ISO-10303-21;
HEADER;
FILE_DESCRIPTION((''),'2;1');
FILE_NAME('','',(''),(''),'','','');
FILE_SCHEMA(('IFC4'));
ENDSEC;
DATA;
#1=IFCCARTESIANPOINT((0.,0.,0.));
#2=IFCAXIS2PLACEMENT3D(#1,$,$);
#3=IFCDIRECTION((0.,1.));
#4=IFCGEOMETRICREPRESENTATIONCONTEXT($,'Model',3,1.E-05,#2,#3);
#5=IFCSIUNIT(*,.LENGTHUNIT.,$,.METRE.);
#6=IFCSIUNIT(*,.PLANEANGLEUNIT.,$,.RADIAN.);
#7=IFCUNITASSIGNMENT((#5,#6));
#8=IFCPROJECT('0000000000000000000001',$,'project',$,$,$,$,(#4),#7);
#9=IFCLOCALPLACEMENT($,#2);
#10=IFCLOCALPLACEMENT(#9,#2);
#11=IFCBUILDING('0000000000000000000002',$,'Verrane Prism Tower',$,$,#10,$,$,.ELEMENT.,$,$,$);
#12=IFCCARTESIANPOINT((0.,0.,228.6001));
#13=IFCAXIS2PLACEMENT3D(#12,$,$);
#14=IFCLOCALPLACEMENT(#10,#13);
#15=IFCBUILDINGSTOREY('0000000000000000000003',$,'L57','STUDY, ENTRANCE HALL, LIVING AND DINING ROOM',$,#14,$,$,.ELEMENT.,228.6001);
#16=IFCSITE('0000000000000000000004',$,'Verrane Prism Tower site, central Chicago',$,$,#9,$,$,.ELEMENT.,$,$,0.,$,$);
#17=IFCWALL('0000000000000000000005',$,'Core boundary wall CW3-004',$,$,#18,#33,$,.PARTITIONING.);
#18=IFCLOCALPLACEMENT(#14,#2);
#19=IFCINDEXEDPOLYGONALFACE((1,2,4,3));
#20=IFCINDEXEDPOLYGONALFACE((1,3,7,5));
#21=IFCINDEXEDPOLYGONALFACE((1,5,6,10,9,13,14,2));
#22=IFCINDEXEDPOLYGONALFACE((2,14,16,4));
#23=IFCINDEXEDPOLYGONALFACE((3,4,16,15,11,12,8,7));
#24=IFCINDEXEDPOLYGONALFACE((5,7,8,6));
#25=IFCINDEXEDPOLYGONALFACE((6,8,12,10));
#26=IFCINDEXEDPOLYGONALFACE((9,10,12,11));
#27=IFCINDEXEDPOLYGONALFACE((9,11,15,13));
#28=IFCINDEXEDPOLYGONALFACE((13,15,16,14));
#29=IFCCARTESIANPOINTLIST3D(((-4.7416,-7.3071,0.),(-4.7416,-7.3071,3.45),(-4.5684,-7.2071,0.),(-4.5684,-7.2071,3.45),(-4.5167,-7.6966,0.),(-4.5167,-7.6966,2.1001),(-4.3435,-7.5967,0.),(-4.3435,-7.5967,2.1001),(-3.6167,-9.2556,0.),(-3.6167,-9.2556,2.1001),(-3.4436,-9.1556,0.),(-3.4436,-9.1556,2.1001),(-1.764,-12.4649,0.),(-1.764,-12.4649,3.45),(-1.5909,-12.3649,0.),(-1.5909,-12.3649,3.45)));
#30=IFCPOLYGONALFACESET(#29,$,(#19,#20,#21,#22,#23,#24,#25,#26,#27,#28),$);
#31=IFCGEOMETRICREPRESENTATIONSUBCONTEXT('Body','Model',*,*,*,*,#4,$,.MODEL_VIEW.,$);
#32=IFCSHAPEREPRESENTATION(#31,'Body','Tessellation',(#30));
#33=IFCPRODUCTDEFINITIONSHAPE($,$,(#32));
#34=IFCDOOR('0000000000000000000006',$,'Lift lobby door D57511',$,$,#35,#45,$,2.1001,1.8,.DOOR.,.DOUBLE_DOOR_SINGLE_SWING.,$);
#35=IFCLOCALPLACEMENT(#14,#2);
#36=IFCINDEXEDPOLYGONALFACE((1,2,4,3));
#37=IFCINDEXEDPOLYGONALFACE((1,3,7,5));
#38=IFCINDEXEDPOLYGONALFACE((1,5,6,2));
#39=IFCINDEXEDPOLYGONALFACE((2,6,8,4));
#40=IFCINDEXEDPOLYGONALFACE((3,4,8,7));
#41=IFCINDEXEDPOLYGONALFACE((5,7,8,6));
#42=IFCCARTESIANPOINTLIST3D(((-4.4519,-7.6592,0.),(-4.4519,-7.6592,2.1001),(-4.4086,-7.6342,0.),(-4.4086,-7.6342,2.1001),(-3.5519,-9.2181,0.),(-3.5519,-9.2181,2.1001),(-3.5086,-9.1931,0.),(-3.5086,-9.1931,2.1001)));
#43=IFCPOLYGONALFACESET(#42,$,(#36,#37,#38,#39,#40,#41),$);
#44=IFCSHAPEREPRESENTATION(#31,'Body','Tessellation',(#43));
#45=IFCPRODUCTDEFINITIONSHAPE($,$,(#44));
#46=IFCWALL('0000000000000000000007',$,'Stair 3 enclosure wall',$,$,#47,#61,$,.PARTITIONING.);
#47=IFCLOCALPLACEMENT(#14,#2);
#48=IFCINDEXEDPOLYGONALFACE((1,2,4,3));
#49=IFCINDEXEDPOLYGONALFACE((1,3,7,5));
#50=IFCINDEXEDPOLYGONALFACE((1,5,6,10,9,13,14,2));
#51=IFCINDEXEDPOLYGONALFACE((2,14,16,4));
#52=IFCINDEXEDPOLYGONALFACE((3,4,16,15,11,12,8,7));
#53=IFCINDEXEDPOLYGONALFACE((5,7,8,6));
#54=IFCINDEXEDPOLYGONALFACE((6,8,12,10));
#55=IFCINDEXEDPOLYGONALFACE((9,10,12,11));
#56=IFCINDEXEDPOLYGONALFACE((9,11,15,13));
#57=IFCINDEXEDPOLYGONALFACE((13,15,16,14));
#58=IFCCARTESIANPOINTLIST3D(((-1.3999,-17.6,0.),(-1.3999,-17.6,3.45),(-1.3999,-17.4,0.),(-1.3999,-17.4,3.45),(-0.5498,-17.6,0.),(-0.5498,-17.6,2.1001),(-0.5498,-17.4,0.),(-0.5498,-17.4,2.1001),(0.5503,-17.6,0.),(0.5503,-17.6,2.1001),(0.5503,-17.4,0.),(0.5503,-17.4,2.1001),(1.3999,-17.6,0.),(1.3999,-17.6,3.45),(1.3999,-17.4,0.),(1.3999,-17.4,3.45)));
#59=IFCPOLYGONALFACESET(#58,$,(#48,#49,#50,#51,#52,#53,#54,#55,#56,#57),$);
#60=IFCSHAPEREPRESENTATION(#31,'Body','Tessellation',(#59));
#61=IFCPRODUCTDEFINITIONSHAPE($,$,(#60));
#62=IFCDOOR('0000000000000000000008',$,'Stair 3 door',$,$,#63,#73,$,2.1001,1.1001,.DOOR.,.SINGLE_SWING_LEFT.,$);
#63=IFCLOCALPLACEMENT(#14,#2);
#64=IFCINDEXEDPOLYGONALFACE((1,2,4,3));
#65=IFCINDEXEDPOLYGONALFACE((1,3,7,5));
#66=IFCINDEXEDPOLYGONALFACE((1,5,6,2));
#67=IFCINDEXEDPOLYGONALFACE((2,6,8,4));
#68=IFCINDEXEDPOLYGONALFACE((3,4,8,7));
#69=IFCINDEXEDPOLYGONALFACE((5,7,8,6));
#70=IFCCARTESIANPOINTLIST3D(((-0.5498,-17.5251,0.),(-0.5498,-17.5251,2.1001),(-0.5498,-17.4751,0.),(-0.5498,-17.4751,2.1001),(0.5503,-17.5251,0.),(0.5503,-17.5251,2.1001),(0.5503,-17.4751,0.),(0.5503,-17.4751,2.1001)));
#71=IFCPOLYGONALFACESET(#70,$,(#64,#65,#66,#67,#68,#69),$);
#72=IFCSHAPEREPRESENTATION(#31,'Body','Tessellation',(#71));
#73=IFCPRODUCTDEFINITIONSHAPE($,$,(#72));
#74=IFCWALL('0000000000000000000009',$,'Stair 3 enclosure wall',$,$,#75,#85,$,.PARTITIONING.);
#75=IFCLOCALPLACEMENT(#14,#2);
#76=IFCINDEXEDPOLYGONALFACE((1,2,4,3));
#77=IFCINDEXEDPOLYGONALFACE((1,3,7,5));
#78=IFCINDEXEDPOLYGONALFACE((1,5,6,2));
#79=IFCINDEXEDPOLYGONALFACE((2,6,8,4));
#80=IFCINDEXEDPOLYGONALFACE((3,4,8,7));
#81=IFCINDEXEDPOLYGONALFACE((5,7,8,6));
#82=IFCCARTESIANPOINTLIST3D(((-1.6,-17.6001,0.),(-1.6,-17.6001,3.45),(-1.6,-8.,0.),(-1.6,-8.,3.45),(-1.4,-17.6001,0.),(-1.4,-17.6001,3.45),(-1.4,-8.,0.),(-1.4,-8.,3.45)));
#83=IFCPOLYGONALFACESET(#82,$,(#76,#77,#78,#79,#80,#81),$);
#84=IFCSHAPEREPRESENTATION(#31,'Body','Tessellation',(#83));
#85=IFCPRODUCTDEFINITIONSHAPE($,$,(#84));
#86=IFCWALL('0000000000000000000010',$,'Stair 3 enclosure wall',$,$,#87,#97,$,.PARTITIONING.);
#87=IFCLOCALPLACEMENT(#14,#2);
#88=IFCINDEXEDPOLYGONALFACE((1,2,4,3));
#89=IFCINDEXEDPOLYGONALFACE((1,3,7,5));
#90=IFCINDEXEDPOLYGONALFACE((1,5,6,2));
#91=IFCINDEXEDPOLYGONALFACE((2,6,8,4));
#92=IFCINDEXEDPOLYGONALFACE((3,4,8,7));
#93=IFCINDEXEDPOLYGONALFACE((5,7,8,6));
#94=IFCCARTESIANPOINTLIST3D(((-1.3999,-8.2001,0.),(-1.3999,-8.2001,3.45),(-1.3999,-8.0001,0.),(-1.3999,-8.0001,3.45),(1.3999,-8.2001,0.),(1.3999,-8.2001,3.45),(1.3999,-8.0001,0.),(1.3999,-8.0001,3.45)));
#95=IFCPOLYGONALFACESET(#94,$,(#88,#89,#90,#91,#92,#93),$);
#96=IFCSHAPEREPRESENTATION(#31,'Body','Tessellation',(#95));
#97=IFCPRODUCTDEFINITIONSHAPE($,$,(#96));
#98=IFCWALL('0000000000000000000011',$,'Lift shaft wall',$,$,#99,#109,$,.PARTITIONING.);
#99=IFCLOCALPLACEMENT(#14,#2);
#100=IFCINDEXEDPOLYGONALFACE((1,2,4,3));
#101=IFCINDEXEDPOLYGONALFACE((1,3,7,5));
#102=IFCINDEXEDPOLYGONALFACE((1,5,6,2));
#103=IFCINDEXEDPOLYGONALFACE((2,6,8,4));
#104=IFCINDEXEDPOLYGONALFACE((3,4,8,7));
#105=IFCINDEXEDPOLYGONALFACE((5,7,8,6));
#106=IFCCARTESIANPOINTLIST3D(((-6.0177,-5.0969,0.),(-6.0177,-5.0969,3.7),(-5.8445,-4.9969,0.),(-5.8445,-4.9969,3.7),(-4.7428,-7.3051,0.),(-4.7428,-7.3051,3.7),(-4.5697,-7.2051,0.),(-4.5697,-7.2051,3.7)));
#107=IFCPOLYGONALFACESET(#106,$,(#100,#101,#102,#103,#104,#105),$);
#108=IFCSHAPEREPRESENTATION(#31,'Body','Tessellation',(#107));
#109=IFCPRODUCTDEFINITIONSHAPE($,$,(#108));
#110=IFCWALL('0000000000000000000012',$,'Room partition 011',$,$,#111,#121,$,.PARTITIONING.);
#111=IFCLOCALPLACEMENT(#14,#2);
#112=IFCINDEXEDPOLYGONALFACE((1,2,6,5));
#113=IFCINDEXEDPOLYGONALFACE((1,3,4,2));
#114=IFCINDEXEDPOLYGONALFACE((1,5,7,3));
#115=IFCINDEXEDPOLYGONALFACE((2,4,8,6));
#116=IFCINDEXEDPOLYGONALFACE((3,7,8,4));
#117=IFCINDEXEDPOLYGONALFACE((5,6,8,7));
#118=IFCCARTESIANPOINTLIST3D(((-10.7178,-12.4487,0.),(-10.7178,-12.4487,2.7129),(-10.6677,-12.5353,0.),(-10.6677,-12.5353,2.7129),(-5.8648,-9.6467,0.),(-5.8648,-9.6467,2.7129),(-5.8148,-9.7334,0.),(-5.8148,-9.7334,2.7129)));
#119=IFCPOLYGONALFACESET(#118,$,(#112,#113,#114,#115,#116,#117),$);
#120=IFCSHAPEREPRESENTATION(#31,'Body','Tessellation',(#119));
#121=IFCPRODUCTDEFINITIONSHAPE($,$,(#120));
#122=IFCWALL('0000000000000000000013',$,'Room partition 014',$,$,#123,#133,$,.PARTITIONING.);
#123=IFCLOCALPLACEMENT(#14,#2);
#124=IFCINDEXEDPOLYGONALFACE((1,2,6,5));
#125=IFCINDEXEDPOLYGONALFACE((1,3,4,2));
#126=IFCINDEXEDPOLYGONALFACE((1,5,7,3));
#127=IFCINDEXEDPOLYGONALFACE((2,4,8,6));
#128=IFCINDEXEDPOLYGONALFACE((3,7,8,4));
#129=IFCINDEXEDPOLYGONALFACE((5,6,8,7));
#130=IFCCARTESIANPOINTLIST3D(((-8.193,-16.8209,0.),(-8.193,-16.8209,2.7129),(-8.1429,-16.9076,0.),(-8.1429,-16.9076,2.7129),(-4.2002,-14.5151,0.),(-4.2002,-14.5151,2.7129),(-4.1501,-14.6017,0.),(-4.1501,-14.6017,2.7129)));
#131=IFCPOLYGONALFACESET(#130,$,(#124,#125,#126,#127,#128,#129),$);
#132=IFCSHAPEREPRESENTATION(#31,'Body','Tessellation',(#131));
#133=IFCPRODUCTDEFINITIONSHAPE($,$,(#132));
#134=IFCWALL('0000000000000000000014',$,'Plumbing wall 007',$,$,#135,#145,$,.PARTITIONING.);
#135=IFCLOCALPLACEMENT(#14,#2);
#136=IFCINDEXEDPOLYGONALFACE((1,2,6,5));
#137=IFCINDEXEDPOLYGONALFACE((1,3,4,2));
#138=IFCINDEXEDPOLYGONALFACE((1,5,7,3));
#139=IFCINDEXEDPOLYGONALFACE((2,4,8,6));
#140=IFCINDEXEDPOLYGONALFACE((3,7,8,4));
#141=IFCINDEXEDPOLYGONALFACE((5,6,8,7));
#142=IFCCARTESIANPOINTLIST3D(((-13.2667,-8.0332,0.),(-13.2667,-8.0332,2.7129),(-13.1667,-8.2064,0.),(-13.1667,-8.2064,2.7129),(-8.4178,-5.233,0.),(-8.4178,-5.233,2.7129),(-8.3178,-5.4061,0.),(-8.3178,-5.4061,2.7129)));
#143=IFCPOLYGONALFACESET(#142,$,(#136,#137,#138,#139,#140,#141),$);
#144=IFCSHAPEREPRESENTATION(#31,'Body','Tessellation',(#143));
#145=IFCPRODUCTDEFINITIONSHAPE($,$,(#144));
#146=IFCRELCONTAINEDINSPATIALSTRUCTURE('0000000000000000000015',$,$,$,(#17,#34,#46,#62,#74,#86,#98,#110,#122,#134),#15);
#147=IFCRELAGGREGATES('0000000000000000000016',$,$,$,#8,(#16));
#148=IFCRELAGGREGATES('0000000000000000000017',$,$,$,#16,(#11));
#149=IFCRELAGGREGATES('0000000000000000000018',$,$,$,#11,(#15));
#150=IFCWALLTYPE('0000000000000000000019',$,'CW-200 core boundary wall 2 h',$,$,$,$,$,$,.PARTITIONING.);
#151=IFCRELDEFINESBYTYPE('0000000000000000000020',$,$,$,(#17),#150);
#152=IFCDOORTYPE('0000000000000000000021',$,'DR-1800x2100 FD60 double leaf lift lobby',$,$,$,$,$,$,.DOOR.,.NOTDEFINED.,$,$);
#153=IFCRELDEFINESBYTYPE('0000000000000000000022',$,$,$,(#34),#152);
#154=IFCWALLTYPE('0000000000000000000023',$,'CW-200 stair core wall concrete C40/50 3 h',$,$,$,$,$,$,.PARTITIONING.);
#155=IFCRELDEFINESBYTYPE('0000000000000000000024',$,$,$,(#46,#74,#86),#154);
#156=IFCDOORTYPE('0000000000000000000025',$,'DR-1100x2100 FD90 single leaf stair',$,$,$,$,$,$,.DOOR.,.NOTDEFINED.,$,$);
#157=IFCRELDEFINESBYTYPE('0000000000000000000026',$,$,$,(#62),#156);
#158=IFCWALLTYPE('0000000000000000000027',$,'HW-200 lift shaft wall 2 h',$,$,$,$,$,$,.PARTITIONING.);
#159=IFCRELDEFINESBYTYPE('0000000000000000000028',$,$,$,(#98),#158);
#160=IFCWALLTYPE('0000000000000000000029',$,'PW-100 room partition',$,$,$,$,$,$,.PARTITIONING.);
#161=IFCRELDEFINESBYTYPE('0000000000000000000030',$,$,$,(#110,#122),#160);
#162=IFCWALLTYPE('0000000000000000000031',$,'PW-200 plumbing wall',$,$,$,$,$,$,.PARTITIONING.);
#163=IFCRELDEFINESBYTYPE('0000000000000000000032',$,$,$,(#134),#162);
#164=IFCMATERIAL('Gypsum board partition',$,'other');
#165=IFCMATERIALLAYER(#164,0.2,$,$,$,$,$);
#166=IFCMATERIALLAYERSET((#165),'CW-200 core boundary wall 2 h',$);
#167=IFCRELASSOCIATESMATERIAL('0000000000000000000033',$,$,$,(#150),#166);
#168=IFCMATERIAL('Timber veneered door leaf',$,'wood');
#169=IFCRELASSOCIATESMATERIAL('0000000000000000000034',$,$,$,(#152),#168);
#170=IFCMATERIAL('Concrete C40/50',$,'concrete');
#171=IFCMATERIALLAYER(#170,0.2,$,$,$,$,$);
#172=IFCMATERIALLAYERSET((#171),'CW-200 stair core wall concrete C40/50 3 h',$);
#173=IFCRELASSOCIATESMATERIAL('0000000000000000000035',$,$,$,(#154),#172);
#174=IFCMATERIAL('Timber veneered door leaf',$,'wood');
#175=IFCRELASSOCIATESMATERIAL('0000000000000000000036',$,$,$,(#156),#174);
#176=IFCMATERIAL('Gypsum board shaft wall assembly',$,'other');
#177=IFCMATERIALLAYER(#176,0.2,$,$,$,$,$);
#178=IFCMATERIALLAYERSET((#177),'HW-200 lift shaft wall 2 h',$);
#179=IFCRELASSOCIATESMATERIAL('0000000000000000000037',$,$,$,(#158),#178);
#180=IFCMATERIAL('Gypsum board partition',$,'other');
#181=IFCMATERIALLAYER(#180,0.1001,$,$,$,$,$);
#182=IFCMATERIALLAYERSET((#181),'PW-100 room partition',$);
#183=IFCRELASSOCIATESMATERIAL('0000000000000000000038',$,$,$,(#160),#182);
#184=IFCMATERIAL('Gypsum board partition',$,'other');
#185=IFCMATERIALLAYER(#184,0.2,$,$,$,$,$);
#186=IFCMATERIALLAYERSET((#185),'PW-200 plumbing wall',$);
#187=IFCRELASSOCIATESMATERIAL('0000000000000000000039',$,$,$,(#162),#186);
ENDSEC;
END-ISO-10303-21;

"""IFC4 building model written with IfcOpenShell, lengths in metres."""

from ifc_helpers import new_model, si_unit, direction, frame, frame_2d, origin, place, context, subcontext, project, spatial, rectangle, extrude, material, layer, layer_set, type_object, element, fill, save


model = new_model("IFC4")

# Units and contexts
model_context = context("Model", 3, precision=1e-05, world=origin(), true_north=direction((0.0, 1.0)))
body_context = subcontext(model_context, "Body", "Model", "MODEL_VIEW")
ifc_project = project(units=[si_unit("LENGTHUNIT", "METRE"), si_unit("PLANEANGLEUNIT", "RADIAN")], contexts=[model_context])

# Site, building, storey
site_placement = place(None, origin())
site = spatial("IfcSite", under=ifc_project, at=site_placement, Name="Verrane Prism Tower site, central Chicago", CompositionType="ELEMENT", RefElevation=0.0)
building_placement = place(site_placement, origin())
building = spatial("IfcBuilding", under=site, at=building_placement, Name="Verrane Prism Tower", CompositionType="ELEMENT")
storey_placement = place(building_placement, frame((0.0, 0.0, 228.6001)))
storey = spatial("IfcBuildingStorey", under=building, at=storey_placement, Name="L57", Description="STUDY, ENTRANCE HALL, LIVING AND DINING ROOM", CompositionType="ELEMENT", Elevation=228.6001)

# Walls, openings, doors
ifc_material_1 = material(Name="Gypsum board partition", Category="other")
ifc_layer_1 = layer(ifc_material_1, 0.2)
ifc_layer_set_1 = layer_set([ifc_layer_1], Name="CW-200 core boundary wall 2 h")
wall_type_1 = type_object("IfcWallType", Name="CW-200 core boundary wall 2 h", PredefinedType="PARTITIONING", material=ifc_layer_set_1)
wall_1_placement = place(storey_placement, frame((-4.655, -7.2571, 0.0), z_axis=(0.0, 0.0, 1.0), x_axis=(0.499966, -0.866045, 0.0)))
wall_1 = element("IfcWall", 1, at=wall_1_placement, inside=storey, type_object=wall_type_1, Name="Core boundary wall CW3-004", PredefinedType="PARTITIONING", context=body_context, shape_type="SweptSolid", body=[
    extrude(rectangle(XDim=5.9556, YDim=0.2, at=frame_2d((2.9778, 0.0))), origin(), (0.0, 0.0, 1.0), 3.45),
])
opening_1_placement = place(wall_1_placement, frame((0.45, 0.0, 0.0)))
opening_1 = element("IfcOpeningElement", 2, at=opening_1_placement, cuts=wall_1, PredefinedType="OPENING", context=body_context, shape_type="SweptSolid", body=[
    extrude(rectangle(XDim=1.8, YDim=2.1001, at=frame_2d((0.8999, 1.05))), frame((0.0, 0.1099, 0.0), z_axis=(0.0, -1.0, 0.0), x_axis=(1.0, 0.0, 0.0)), (0.0, 0.0, 1.0), 0.22),
])
ifc_material_2 = material(Name="Timber veneered door leaf", Category="wood")
door_type_1 = type_object("IfcDoorType", Name="DR-1800x2100 FD60 double leaf lift lobby", OperationType="NOTDEFINED", PredefinedType="DOOR", material=ifc_material_2)
door_1_placement = place(opening_1_placement, origin())
door_1 = element("IfcDoor", 3, at=door_1_placement, inside=storey, type_object=door_type_1, Name="Lift lobby door D57511", OperationType="DOUBLE_DOOR_SINGLE_SWING", OverallHeight=2.1001, OverallWidth=1.8, PredefinedType="DOOR", context=body_context, shape_type="SweptSolid", body=[
    extrude(rectangle(XDim=1.8, YDim=2.1001, at=frame_2d((0.8999, 1.05))), frame((0.0, 0.0249, 0.0), z_axis=(0.0, -1.0, 0.0), x_axis=(1.0, 0.0, 0.0)), (0.0, 0.0, 1.0), 0.05),
])
fill(opening_1, door_1)
ifc_material_3 = material(Name="Concrete C40/50", Category="concrete")
ifc_layer_2 = layer(ifc_material_3, 0.2)
ifc_layer_set_2 = layer_set([ifc_layer_2], Name="CW-200 stair core wall concrete C40/50 3 h")
wall_type_2 = type_object("IfcWallType", Name="CW-200 stair core wall concrete C40/50 3 h", PredefinedType="PARTITIONING", material=ifc_layer_set_2)
wall_2_placement = place(storey_placement, frame((-1.3999, -17.5, 0.0), z_axis=(0.0, 0.0, 1.0), x_axis=(1.0, 0.0, 0.0)))
wall_2 = element("IfcWall", 4, at=wall_2_placement, inside=storey, type_object=wall_type_2, Name="Stair 3 enclosure wall", PredefinedType="PARTITIONING", context=body_context, shape_type="SweptSolid", body=[
    extrude(rectangle(XDim=2.7998, YDim=0.2, at=frame_2d((1.3999, 0.0))), origin(), (0.0, 0.0, 1.0), 3.45),
])
opening_2_placement = place(wall_2_placement, frame((0.8501, 0.0, 0.0)))
opening_2 = element("IfcOpeningElement", 5, at=opening_2_placement, cuts=wall_2, PredefinedType="OPENING", context=body_context, shape_type="SweptSolid", body=[
    extrude(rectangle(XDim=1.1001, YDim=2.1001, at=frame_2d((0.55, 1.05))), frame((0.0, 0.1099, 0.0), z_axis=(0.0, -1.0, 0.0), x_axis=(1.0, 0.0, 0.0)), (0.0, 0.0, 1.0), 0.22),
])
ifc_material_4 = material(Name="Timber veneered door leaf", Category="wood")
door_type_2 = type_object("IfcDoorType", Name="DR-1100x2100 FD90 single leaf stair", OperationType="NOTDEFINED", PredefinedType="DOOR", material=ifc_material_4)
door_2_placement = place(opening_2_placement, origin())
door_2 = element("IfcDoor", 6, at=door_2_placement, inside=storey, type_object=door_type_2, Name="Stair 3 door", OperationType="SINGLE_SWING_LEFT", OverallHeight=2.1001, OverallWidth=1.1001, PredefinedType="DOOR", context=body_context, shape_type="SweptSolid", body=[
    extrude(rectangle(XDim=1.1001, YDim=2.1001, at=frame_2d((0.55, 1.05))), frame((0.0, 0.0249, 0.0), z_axis=(0.0, -1.0, 0.0), x_axis=(1.0, 0.0, 0.0)), (0.0, 0.0, 1.0), 0.05),
])
fill(opening_2, door_2)

# Walls
wall_3_placement = place(storey_placement, frame((-1.5, -8.0, 0.0), z_axis=(0.0, 0.0, 1.0), x_axis=(0.0, -1.0, 0.0)))
element("IfcWall", 7, at=wall_3_placement, inside=storey, type_object=wall_type_2, Name="Stair 3 enclosure wall", PredefinedType="PARTITIONING", context=body_context, shape_type="SweptSolid", body=[
    extrude(rectangle(XDim=9.6001, YDim=0.2, at=frame_2d((4.8, 0.0))), origin(), (0.0, 0.0, 1.0), 3.45),
])
wall_4_placement = place(storey_placement, frame((-1.3999, -8.1001, 0.0), z_axis=(0.0, 0.0, 1.0), x_axis=(1.0, 0.0, 0.0)))
element("IfcWall", 8, at=wall_4_placement, inside=storey, type_object=wall_type_2, Name="Stair 3 enclosure wall", PredefinedType="PARTITIONING", context=body_context, shape_type="SweptSolid", body=[
    extrude(rectangle(XDim=2.7998, YDim=0.2, at=frame_2d((1.3999, 0.0))), origin(), (0.0, 0.0, 1.0), 3.45),
])
ifc_material_5 = material(Name="Gypsum board shaft wall assembly", Category="other")
ifc_layer_3 = layer(ifc_material_5, 0.2)
ifc_layer_set_3 = layer_set([ifc_layer_3], Name="HW-200 lift shaft wall 2 h")
wall_type_3 = type_object("IfcWallType", Name="HW-200 lift shaft wall 2 h", PredefinedType="PARTITIONING", material=ifc_layer_set_3)
wall_5_placement = place(storey_placement, frame((-4.6562, -7.2551, 0.0), z_axis=(0.0, 0.0, 1.0), x_axis=(-0.49999, 0.866031, 0.0)))
element("IfcWall", 9, at=wall_5_placement, inside=storey, type_object=wall_type_3, Name="Lift shaft wall", PredefinedType="PARTITIONING", context=body_context, shape_type="SweptSolid", body=[
    extrude(rectangle(XDim=2.5498, YDim=0.2, at=frame_2d((1.2749, 0.0))), origin(), (0.0, 0.0, 1.0), 3.7),
])
ifc_material_6 = material(Name="Gypsum board partition", Category="other")
ifc_layer_4 = layer(ifc_material_6, 0.1001)
ifc_layer_set_4 = layer_set([ifc_layer_4], Name="PW-100 room partition")
wall_type_4 = type_object("IfcWallType", Name="PW-100 room partition", PredefinedType="PARTITIONING", material=ifc_layer_set_4)
wall_6_placement = place(storey_placement, frame((-10.6926, -12.4919, 0.0), z_axis=(0.0, 0.0, 1.0), x_axis=(0.866017, 0.500014, 0.0)))
element("IfcWall", 10, at=wall_6_placement, inside=storey, type_object=wall_type_4, Name="Room partition 011", PredefinedType="PARTITIONING", context=body_context, shape_type="SweptSolid", body=[
    extrude(rectangle(XDim=5.6038, YDim=0.1001, at=frame_2d((2.8018, 0.0))), origin(), (0.0, 0.0, 1.0), 2.7129),
])
wall_7_placement = place(storey_placement, frame((-8.168, -16.8643, 0.0), z_axis=(0.0, 0.0, 1.0), x_axis=(0.86597, 0.500097, 0.0)))
element("IfcWall", 11, at=wall_7_placement, inside=storey, type_object=wall_type_4, Name="Room partition 014", PredefinedType="PARTITIONING", context=body_context, shape_type="SweptSolid", body=[
    extrude(rectangle(XDim=4.6108, YDim=0.1001, at=frame_2d((2.3054, 0.0))), origin(), (0.0, 0.0, 1.0), 2.7129),
])
ifc_material_7 = material(Name="Gypsum board partition", Category="other")
ifc_layer_5 = layer(ifc_material_7, 0.2)
ifc_layer_set_5 = layer_set([ifc_layer_5], Name="PW-200 plumbing wall")
wall_type_5 = type_object("IfcWallType", Name="PW-200 plumbing wall", PredefinedType="PARTITIONING", material=ifc_layer_set_5)
wall_8_placement = place(storey_placement, frame((-13.2168, -8.1199, 0.0), z_axis=(0.0, 0.0, 1.0), x_axis=(0.865964, 0.500106, 0.0)))
element("IfcWall", 12, at=wall_8_placement, inside=storey, type_object=wall_type_5, Name="Plumbing wall 007", PredefinedType="PARTITIONING", context=body_context, shape_type="SweptSolid", body=[
    extrude(rectangle(XDim=5.5994, YDim=0.2, at=frame_2d((2.7998, 0.0))), origin(), (0.0, 0.0, 1.0), 2.7129),
])

save(model, "model.ifc")
